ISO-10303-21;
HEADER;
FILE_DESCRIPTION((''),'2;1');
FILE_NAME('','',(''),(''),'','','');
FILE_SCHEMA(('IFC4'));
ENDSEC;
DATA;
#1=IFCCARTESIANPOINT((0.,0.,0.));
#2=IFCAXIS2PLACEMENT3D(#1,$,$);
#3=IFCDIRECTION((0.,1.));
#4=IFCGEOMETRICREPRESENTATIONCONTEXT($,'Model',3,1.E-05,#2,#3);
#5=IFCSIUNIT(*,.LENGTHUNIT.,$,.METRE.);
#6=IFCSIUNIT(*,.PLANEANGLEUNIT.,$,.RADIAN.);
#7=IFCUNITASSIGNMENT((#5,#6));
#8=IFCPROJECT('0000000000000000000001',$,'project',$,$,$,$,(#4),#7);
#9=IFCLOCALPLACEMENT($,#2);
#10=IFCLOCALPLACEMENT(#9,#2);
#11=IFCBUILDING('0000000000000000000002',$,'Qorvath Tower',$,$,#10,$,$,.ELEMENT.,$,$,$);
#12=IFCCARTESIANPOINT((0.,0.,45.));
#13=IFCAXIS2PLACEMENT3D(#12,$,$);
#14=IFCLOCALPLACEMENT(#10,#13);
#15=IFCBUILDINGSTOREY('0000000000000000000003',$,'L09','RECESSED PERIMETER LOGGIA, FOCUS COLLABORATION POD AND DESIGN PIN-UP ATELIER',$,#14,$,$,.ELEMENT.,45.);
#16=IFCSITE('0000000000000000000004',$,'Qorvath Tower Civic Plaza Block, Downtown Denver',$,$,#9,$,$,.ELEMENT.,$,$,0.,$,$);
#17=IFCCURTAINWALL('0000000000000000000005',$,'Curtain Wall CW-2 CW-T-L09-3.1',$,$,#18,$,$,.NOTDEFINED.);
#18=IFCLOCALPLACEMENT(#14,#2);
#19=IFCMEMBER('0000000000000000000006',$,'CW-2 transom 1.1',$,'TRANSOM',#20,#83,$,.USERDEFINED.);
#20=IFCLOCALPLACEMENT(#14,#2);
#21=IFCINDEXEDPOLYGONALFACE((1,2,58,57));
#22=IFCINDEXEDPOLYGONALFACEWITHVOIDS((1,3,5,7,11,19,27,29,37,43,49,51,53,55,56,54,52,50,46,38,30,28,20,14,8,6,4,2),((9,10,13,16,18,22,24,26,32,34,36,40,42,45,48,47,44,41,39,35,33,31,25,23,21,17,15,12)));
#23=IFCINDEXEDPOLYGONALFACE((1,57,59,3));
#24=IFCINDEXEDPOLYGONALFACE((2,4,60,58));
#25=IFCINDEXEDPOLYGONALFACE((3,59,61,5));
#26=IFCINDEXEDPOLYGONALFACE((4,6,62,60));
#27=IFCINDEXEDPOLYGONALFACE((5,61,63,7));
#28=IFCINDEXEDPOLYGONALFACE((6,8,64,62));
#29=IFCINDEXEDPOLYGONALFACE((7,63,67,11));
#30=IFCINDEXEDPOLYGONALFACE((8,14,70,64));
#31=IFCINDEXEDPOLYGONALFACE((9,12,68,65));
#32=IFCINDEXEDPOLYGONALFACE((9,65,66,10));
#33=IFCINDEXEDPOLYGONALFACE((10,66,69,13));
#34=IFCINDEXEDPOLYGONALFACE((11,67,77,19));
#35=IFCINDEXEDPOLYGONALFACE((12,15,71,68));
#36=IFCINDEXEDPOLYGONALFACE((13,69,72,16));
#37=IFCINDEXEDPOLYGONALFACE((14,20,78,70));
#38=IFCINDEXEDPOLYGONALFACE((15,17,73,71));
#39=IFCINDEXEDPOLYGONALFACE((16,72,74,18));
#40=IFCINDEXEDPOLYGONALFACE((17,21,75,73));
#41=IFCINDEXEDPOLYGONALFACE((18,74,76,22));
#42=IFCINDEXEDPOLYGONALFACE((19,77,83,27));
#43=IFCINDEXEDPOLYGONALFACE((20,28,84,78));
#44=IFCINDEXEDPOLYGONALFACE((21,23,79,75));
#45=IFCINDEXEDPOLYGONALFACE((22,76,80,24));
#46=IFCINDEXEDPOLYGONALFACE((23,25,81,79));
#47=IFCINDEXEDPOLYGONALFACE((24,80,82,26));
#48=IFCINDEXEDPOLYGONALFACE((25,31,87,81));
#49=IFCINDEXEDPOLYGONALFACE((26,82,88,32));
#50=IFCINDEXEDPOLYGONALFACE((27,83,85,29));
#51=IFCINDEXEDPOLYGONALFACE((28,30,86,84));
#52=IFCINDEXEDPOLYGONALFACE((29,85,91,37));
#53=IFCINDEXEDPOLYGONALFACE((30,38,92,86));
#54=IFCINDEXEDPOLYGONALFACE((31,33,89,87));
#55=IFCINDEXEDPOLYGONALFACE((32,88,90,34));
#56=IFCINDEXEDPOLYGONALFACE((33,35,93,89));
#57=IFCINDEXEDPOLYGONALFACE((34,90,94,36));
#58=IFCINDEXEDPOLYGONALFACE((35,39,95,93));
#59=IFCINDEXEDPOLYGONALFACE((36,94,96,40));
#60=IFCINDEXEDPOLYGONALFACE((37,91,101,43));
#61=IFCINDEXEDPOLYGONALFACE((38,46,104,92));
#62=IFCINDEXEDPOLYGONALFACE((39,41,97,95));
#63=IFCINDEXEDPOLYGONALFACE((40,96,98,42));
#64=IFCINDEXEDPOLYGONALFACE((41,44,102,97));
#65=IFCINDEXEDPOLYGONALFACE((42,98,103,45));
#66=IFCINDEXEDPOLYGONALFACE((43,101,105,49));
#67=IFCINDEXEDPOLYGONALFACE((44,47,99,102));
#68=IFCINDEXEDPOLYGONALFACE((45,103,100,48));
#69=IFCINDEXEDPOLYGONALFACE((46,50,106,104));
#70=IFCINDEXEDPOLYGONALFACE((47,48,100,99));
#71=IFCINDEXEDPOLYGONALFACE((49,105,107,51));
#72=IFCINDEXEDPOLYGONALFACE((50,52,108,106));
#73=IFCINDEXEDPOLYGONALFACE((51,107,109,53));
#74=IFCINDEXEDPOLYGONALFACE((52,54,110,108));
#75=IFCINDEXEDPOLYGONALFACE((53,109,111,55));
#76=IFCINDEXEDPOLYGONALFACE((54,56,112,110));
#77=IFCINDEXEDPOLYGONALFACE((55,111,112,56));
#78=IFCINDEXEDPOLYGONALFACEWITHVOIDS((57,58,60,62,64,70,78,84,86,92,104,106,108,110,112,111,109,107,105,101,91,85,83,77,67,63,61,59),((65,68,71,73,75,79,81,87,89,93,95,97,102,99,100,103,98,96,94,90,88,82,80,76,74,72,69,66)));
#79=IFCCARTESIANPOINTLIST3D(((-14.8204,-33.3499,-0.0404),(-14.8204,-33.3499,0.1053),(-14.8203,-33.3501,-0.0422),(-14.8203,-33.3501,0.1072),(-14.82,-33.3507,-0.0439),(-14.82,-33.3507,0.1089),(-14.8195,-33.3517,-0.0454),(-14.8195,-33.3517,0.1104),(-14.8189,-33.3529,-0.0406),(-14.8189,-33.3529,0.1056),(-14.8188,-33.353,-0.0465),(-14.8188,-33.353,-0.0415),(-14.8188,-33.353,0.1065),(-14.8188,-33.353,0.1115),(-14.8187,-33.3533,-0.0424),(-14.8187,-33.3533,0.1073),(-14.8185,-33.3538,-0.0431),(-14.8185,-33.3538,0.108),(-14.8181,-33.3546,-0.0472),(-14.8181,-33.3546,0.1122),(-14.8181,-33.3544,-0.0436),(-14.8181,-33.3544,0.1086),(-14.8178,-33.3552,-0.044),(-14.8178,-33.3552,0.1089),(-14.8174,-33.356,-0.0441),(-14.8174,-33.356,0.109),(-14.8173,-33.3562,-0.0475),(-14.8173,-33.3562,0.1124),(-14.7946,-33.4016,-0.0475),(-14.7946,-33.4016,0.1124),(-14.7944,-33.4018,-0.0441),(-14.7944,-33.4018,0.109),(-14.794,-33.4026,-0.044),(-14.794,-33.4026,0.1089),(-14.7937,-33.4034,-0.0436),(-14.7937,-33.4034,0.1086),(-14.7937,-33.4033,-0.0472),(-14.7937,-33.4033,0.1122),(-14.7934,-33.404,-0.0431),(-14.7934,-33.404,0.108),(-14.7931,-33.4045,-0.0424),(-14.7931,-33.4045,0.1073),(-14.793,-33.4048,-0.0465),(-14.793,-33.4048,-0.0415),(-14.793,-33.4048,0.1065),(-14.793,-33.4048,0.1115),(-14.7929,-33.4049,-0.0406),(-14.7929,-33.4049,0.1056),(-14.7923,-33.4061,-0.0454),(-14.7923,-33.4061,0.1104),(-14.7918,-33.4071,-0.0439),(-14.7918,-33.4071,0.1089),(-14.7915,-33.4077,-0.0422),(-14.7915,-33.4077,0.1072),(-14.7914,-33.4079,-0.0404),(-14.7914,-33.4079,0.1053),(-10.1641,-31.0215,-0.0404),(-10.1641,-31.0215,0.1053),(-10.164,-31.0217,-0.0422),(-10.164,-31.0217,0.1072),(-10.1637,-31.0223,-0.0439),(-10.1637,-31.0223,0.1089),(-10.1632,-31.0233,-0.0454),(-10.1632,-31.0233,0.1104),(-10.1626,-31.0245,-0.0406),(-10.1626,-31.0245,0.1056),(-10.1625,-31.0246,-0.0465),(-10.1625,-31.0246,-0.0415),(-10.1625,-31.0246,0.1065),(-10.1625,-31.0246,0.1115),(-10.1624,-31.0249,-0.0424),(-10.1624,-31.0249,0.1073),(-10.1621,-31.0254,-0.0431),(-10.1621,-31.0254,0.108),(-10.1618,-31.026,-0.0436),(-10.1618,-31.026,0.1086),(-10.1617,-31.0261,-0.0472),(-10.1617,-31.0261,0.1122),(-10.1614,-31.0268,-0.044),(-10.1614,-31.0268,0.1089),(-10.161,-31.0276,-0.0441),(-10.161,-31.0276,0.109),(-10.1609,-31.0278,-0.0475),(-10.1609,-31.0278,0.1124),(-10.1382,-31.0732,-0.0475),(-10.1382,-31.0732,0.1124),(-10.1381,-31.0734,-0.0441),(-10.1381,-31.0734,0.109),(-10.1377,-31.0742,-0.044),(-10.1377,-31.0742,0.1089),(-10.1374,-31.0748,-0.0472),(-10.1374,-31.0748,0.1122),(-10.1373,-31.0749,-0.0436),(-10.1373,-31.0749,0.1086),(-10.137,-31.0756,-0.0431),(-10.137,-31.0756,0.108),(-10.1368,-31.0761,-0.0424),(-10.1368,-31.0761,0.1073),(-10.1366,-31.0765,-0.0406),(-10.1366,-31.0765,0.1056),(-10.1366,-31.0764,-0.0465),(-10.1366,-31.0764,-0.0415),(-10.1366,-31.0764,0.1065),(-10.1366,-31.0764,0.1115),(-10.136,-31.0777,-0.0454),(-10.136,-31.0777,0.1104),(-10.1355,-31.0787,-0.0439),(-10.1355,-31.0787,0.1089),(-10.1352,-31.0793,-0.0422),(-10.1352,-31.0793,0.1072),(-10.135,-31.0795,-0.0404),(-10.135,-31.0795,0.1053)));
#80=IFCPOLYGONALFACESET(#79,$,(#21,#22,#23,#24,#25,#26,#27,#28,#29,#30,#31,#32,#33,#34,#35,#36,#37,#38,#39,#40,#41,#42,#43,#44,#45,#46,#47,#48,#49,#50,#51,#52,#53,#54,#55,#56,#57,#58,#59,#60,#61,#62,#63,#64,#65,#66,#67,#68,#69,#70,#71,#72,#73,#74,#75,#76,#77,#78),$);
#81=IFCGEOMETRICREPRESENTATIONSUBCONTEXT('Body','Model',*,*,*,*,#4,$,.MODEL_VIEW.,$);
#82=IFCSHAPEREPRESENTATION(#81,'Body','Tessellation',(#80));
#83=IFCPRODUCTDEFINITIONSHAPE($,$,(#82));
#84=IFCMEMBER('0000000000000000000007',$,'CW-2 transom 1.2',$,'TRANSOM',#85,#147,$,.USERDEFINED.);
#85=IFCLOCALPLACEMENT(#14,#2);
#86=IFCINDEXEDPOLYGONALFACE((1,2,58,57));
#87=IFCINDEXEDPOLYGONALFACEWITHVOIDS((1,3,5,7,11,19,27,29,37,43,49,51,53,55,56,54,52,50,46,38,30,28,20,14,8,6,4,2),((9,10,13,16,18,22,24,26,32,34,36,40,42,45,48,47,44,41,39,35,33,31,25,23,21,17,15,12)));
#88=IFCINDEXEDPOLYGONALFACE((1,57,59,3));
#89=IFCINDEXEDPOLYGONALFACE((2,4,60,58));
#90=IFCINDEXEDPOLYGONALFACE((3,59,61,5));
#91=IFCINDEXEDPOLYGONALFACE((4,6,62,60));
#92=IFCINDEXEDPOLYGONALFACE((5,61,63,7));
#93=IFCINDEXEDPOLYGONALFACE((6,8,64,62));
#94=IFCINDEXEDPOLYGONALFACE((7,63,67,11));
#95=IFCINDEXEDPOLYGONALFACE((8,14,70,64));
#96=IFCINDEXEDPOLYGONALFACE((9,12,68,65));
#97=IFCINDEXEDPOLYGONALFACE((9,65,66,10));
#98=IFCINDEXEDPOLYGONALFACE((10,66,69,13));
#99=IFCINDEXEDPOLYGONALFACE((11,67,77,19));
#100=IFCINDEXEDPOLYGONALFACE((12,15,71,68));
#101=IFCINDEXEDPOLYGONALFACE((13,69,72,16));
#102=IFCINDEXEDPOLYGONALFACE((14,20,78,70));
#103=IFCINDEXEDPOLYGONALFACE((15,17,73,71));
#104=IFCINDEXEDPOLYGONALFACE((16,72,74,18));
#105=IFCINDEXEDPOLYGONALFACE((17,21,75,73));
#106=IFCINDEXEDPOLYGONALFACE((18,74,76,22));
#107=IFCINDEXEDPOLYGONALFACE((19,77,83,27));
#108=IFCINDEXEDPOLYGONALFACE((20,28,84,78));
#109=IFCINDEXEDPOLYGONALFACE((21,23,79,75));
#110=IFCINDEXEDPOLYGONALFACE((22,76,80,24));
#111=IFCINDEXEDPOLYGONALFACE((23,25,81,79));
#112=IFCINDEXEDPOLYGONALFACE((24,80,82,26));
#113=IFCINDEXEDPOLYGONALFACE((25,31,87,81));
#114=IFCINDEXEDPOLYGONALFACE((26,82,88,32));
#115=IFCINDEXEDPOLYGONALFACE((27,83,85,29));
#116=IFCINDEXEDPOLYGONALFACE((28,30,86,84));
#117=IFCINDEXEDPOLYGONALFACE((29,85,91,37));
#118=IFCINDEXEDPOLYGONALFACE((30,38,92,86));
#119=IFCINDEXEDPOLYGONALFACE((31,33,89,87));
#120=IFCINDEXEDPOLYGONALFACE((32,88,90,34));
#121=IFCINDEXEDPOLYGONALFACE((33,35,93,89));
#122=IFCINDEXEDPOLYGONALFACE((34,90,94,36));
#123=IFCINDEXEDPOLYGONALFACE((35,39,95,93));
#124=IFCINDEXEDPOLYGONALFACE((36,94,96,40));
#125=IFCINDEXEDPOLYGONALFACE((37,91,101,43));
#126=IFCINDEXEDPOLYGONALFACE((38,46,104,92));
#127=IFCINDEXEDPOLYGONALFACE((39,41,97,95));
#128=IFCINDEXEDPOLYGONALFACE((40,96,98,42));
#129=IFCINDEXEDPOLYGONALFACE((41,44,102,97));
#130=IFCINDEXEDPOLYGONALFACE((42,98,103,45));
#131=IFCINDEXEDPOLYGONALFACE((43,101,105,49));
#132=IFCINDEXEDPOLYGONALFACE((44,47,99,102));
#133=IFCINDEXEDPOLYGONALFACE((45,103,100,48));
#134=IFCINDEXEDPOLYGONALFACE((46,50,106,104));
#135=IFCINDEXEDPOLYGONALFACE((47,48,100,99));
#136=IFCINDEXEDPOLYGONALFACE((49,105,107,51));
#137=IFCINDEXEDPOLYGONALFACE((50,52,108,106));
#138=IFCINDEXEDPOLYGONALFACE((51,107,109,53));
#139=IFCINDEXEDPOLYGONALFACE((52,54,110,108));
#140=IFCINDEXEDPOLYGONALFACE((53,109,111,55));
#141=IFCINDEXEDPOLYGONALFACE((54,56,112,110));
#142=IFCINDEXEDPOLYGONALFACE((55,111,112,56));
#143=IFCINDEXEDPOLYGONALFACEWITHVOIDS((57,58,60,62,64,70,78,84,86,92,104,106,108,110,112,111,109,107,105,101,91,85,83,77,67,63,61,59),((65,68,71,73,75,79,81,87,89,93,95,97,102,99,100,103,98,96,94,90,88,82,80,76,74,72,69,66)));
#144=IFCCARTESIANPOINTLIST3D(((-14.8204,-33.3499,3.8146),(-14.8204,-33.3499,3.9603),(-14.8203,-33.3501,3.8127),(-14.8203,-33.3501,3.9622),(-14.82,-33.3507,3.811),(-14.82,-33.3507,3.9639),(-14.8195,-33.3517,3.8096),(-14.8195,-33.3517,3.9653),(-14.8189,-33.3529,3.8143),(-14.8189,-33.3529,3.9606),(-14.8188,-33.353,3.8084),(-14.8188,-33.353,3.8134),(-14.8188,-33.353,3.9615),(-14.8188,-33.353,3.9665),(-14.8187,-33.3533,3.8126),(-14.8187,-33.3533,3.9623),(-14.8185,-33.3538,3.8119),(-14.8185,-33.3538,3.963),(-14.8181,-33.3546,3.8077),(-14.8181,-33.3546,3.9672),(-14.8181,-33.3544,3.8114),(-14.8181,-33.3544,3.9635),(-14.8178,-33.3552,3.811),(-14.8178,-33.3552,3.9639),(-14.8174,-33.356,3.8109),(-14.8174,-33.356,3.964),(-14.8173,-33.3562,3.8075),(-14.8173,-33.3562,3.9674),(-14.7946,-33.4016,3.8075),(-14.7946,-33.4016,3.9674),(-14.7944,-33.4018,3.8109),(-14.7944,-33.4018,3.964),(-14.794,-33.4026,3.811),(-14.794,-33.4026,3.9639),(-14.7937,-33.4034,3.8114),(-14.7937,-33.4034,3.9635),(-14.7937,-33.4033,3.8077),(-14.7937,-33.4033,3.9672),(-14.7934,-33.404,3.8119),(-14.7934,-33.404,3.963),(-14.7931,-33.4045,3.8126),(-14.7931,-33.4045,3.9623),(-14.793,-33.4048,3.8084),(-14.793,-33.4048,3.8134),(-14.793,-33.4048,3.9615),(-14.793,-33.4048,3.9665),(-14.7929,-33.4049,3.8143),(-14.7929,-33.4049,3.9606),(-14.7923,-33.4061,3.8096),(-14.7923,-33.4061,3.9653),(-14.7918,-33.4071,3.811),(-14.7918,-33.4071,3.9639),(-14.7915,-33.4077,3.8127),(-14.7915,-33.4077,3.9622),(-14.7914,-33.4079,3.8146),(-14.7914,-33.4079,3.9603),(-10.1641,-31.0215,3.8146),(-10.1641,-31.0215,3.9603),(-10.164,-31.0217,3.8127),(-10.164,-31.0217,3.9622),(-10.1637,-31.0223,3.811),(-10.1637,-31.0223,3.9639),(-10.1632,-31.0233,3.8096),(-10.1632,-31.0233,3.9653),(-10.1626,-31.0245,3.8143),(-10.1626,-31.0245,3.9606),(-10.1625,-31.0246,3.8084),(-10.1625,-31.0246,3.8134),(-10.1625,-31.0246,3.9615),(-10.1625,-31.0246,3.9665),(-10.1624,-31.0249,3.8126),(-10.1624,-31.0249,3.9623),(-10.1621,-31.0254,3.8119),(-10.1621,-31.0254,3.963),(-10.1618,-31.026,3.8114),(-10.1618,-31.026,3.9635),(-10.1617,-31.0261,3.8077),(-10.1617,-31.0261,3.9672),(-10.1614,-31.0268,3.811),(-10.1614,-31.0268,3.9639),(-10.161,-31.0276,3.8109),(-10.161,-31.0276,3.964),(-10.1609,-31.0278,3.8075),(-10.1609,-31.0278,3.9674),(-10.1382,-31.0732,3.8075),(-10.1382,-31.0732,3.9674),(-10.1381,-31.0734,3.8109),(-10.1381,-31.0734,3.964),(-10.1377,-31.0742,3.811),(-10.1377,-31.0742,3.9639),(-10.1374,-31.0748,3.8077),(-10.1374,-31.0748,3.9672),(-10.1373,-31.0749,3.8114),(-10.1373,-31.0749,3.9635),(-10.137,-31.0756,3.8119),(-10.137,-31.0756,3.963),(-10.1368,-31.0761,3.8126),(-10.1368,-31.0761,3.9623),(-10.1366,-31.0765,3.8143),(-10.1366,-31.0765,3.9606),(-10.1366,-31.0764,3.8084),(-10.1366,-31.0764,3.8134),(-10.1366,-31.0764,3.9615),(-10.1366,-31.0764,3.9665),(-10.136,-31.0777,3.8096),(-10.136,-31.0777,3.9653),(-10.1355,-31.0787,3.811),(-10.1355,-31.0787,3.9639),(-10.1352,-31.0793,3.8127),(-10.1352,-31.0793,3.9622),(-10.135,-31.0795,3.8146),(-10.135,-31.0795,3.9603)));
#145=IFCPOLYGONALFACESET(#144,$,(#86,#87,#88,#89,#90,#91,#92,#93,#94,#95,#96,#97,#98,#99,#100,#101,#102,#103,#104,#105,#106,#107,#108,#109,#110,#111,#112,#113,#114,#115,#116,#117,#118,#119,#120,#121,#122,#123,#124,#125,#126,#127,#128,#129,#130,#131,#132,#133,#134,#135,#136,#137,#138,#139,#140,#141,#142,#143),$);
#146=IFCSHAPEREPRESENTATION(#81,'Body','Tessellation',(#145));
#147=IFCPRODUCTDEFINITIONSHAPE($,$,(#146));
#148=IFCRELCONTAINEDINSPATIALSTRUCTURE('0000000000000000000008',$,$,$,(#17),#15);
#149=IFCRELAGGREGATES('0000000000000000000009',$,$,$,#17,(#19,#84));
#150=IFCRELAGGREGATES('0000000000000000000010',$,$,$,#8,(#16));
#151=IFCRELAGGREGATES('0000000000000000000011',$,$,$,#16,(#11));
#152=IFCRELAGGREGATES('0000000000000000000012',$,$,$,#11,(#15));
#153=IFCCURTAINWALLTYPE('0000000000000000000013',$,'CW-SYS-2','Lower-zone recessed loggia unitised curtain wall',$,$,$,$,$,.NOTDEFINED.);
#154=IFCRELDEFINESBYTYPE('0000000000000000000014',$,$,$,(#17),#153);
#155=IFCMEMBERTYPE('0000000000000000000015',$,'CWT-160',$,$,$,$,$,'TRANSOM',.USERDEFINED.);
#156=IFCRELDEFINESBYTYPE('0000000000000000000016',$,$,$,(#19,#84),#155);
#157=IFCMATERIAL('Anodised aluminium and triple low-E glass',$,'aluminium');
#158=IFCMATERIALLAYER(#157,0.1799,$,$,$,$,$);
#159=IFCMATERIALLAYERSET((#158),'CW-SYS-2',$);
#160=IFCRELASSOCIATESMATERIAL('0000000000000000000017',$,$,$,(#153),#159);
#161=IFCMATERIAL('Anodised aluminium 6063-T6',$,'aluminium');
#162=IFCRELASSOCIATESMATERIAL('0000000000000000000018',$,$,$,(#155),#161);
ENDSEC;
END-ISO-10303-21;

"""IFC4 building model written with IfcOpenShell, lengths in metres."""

from ifc_helpers import new_model, si_unit, direction, frame, origin, origin_2d, place, context, subcontext, project, spatial, hollow_rectangle, extrude, material, layer, layer_set, material_profile, profile_set, type_object, element, aggregate, save


model = new_model("IFC4")

# Units and contexts
model_context = context("Model", 3, precision=1e-05, world=origin(), true_north=direction((0.0, 1.0)))
body_context = subcontext(model_context, "Body", "Model", "MODEL_VIEW")
ifc_project = project(units=[si_unit("LENGTHUNIT", "METRE"), si_unit("PLANEANGLEUNIT", "RADIAN")], contexts=[model_context])

# Site, building, storey
site_placement = place(None, origin())
site = spatial("IfcSite", under=ifc_project, at=site_placement, Name="Qorvath Tower Civic Plaza Block, Downtown Denver", CompositionType="ELEMENT", RefElevation=0.0)
building_placement = place(site_placement, origin())
building = spatial("IfcBuilding", under=site, at=building_placement, Name="Qorvath Tower", CompositionType="ELEMENT")
storey_placement = place(building_placement, frame((0.0, 0.0, 45.0)))
storey = spatial("IfcBuildingStorey", under=building, at=storey_placement, Name="L09", Description="RECESSED PERIMETER LOGGIA, FOCUS COLLABORATION POD AND DESIGN PIN-UP ATELIER", CompositionType="ELEMENT", Elevation=45.0)

# Curtain wall
ifc_material_1 = material(Name="Anodised aluminium and triple low-E glass", Category="aluminium")
ifc_layer_1 = layer(ifc_material_1, 0.1799)
ifc_layer_set_1 = layer_set([ifc_layer_1], Name="CW-SYS-2")
curtain_wall_type = type_object("IfcCurtainWallType", Name="CW-SYS-2", Description="Lower-zone recessed loggia unitised curtain wall", PredefinedType="NOTDEFINED", material=ifc_layer_set_1)
curtain_wall_1_placement = place(storey_placement, origin())
curtain_wall_1 = element("IfcCurtainWall", 1, at=curtain_wall_1_placement, inside=storey, type_object=curtain_wall_type, Name="Curtain Wall CW-2 CW-T-L09-3.1", PredefinedType="NOTDEFINED")

# Members
ifc_material_2 = material(Name="Anodised aluminium 6063-T6", Category="aluminium")
ifc_material_profile_1 = material_profile(ifc_material_2, hollow_rectangle(XDim=0.0649, YDim=0.1599, WallThickness=0.0034, InnerFilletRadius=0.0034, OuterFilletRadius=0.0071, at=origin_2d()), Name="CWT 160x65")
ifc_profile_set_1 = profile_set([ifc_material_profile_1], Name="Anodised aluminium 6063-T6")
member_type_1 = type_object("IfcMemberType", Name="CWT-160", ElementType="TRANSOM", PredefinedType="USERDEFINED", material=ifc_profile_set_1)
member_1_placement = place(storey_placement, frame((-14.8059, -33.3789, 0.0325), z_axis=(0.894408, 0.447251, 0.0), x_axis=(-0.447251, 0.894408, 0.0)))
member_1 = element("IfcMember", 2, at=member_1_placement, type_object=member_type_1, Name="CW-2 transom 1.1", ObjectType="TRANSOM", PredefinedType="USERDEFINED", context=body_context, shape_type="SweptSolid", body=[
    extrude(hollow_rectangle(XDim=0.0649, YDim=0.1599, WallThickness=0.0034, InnerFilletRadius=0.0034, OuterFilletRadius=0.0071, at=origin_2d()), origin(), (0.0, 0.0, 1.0), 5.2061),
])
member_2_placement = place(storey_placement, frame((-14.8059, -33.3789, 3.8875), z_axis=(0.894408, 0.447251, 0.0), x_axis=(-0.447251, 0.894408, 0.0)))
member_2 = element("IfcMember", 3, at=member_2_placement, type_object=member_type_1, Name="CW-2 transom 1.2", ObjectType="TRANSOM", PredefinedType="USERDEFINED", context=body_context, shape_type="SweptSolid", body=[
    extrude(hollow_rectangle(XDim=0.0649, YDim=0.1599, WallThickness=0.0034, InnerFilletRadius=0.0034, OuterFilletRadius=0.0071, at=origin_2d()), origin(), (0.0, 0.0, 1.0), 5.2061),
])

aggregate(curtain_wall_1, [member_1, member_2])

save(model, "model.ifc")
